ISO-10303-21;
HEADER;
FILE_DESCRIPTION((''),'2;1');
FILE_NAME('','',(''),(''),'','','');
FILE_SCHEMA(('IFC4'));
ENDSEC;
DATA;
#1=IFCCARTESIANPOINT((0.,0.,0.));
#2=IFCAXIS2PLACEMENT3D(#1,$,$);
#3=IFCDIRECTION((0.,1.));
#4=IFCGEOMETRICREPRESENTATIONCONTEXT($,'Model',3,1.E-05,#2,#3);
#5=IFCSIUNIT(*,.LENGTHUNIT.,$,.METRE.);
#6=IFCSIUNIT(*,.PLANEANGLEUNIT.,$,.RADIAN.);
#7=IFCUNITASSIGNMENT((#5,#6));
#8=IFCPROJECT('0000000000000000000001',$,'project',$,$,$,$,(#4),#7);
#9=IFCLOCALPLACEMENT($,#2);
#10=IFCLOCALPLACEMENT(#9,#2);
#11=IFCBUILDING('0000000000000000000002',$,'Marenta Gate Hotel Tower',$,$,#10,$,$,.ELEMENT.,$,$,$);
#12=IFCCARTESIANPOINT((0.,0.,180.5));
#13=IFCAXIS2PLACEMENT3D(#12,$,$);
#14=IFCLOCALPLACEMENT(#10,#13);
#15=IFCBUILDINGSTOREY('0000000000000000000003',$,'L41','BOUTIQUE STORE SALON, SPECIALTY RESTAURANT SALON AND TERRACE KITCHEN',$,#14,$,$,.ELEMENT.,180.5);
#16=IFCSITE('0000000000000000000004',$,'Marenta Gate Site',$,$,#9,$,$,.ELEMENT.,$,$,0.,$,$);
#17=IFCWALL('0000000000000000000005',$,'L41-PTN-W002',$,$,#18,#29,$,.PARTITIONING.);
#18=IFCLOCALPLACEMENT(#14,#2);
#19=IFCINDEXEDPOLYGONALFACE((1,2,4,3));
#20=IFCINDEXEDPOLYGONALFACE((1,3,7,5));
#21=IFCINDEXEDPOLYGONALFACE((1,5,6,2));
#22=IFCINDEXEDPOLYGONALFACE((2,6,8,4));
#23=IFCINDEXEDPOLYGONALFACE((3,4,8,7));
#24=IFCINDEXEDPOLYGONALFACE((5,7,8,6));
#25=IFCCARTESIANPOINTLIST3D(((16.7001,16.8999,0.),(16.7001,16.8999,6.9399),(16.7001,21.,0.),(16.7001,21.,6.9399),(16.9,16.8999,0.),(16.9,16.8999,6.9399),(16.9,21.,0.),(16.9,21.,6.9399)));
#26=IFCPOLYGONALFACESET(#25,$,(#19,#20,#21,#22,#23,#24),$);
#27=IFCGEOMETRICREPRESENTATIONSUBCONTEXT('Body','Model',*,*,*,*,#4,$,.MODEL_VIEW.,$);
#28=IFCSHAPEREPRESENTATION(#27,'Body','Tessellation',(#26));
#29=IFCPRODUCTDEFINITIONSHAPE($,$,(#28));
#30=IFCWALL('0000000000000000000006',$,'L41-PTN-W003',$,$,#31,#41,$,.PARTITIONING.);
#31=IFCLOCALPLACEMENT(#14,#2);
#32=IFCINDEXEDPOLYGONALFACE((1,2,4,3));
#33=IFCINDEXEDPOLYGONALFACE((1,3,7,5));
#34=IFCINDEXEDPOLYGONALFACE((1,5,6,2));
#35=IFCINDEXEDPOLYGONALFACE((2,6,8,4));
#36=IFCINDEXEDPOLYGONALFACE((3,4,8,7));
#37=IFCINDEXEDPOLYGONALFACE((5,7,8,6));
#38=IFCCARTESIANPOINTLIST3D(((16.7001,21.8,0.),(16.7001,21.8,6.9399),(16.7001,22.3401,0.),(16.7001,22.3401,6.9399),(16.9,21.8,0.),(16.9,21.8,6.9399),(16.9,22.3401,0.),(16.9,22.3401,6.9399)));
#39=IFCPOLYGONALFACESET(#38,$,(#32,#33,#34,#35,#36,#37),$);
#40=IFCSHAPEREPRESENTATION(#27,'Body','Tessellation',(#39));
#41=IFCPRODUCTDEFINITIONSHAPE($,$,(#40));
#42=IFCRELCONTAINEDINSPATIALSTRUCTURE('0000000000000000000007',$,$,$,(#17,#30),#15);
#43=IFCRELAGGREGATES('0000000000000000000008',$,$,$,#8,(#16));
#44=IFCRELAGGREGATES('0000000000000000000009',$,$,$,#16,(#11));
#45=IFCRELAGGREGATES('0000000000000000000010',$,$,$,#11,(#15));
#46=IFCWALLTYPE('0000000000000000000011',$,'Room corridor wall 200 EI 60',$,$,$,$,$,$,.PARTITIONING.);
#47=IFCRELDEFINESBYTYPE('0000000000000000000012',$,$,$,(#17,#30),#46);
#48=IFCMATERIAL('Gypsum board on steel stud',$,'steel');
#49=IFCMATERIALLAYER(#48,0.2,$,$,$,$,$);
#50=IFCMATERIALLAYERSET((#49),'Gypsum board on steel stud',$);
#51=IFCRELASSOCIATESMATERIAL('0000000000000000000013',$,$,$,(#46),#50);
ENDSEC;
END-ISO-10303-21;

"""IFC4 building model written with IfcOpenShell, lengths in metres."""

from ifc_helpers import new_model, si_unit, direction, frame, frame_2d, origin, place, context, subcontext, project, spatial, rectangle, extrude, material, layer, layer_set, type_object, element, save


model = new_model("IFC4")

# Units and contexts
model_context = context("Model", 3, precision=1e-05, world=origin(), true_north=direction((0.0, 1.0)))
body_context = subcontext(model_context, "Body", "Model", "MODEL_VIEW")
ifc_project = project(units=[si_unit("LENGTHUNIT", "METRE"), si_unit("PLANEANGLEUNIT", "RADIAN")], contexts=[model_context])

# Site, building, storey
site_placement = place(None, origin())
site = spatial("IfcSite", under=ifc_project, at=site_placement, Name="Marenta Gate Site", CompositionType="ELEMENT", RefElevation=0.0)
building_placement = place(site_placement, origin())
building = spatial("IfcBuilding", under=site, at=building_placement, Name="Marenta Gate Hotel Tower", CompositionType="ELEMENT")
storey_placement = place(building_placement, frame((0.0, 0.0, 180.5)))
storey = spatial("IfcBuildingStorey", under=building, at=storey_placement, Name="L41", Description="BOUTIQUE STORE SALON, SPECIALTY RESTAURANT SALON AND TERRACE KITCHEN", CompositionType="ELEMENT", Elevation=180.5)

# Walls
ifc_material_1 = material(Name="Gypsum board on steel stud", Category="steel")
ifc_layer_1 = layer(ifc_material_1, 0.2)
ifc_layer_set_1 = layer_set([ifc_layer_1], Name="Gypsum board on steel stud")
wall_type_1 = type_object("IfcWallType", Name="Room corridor wall 200 EI 60", PredefinedType="PARTITIONING", material=ifc_layer_set_1)
wall_1_placement = place(storey_placement, frame((16.8, 16.8999, 0.0), z_axis=(0.0, 0.0, 1.0), x_axis=(0.0, 1.0, 0.0)))
element("IfcWall", 1, at=wall_1_placement, inside=storey, type_object=wall_type_1, Name="L41-PTN-W002", PredefinedType="PARTITIONING", context=body_context, shape_type="SweptSolid", body=[
    extrude(rectangle(XDim=4.1001, YDim=0.2, at=frame_2d((2.05, 0.0))), origin(), (0.0, 0.0, 1.0), 6.9399),
])
wall_2_placement = place(storey_placement, frame((16.8, 21.8, 0.0), z_axis=(0.0, 0.0, 1.0), x_axis=(0.0, 1.0, 0.0)))
element("IfcWall", 2, at=wall_2_placement, inside=storey, type_object=wall_type_1, Name="L41-PTN-W003", PredefinedType="PARTITIONING", context=body_context, shape_type="SweptSolid", body=[
    extrude(rectangle(XDim=0.54, YDim=0.2, at=frame_2d((0.27, 0.0))), origin(), (0.0, 0.0, 1.0), 6.9399),
])

save(model, "model.ifc")
